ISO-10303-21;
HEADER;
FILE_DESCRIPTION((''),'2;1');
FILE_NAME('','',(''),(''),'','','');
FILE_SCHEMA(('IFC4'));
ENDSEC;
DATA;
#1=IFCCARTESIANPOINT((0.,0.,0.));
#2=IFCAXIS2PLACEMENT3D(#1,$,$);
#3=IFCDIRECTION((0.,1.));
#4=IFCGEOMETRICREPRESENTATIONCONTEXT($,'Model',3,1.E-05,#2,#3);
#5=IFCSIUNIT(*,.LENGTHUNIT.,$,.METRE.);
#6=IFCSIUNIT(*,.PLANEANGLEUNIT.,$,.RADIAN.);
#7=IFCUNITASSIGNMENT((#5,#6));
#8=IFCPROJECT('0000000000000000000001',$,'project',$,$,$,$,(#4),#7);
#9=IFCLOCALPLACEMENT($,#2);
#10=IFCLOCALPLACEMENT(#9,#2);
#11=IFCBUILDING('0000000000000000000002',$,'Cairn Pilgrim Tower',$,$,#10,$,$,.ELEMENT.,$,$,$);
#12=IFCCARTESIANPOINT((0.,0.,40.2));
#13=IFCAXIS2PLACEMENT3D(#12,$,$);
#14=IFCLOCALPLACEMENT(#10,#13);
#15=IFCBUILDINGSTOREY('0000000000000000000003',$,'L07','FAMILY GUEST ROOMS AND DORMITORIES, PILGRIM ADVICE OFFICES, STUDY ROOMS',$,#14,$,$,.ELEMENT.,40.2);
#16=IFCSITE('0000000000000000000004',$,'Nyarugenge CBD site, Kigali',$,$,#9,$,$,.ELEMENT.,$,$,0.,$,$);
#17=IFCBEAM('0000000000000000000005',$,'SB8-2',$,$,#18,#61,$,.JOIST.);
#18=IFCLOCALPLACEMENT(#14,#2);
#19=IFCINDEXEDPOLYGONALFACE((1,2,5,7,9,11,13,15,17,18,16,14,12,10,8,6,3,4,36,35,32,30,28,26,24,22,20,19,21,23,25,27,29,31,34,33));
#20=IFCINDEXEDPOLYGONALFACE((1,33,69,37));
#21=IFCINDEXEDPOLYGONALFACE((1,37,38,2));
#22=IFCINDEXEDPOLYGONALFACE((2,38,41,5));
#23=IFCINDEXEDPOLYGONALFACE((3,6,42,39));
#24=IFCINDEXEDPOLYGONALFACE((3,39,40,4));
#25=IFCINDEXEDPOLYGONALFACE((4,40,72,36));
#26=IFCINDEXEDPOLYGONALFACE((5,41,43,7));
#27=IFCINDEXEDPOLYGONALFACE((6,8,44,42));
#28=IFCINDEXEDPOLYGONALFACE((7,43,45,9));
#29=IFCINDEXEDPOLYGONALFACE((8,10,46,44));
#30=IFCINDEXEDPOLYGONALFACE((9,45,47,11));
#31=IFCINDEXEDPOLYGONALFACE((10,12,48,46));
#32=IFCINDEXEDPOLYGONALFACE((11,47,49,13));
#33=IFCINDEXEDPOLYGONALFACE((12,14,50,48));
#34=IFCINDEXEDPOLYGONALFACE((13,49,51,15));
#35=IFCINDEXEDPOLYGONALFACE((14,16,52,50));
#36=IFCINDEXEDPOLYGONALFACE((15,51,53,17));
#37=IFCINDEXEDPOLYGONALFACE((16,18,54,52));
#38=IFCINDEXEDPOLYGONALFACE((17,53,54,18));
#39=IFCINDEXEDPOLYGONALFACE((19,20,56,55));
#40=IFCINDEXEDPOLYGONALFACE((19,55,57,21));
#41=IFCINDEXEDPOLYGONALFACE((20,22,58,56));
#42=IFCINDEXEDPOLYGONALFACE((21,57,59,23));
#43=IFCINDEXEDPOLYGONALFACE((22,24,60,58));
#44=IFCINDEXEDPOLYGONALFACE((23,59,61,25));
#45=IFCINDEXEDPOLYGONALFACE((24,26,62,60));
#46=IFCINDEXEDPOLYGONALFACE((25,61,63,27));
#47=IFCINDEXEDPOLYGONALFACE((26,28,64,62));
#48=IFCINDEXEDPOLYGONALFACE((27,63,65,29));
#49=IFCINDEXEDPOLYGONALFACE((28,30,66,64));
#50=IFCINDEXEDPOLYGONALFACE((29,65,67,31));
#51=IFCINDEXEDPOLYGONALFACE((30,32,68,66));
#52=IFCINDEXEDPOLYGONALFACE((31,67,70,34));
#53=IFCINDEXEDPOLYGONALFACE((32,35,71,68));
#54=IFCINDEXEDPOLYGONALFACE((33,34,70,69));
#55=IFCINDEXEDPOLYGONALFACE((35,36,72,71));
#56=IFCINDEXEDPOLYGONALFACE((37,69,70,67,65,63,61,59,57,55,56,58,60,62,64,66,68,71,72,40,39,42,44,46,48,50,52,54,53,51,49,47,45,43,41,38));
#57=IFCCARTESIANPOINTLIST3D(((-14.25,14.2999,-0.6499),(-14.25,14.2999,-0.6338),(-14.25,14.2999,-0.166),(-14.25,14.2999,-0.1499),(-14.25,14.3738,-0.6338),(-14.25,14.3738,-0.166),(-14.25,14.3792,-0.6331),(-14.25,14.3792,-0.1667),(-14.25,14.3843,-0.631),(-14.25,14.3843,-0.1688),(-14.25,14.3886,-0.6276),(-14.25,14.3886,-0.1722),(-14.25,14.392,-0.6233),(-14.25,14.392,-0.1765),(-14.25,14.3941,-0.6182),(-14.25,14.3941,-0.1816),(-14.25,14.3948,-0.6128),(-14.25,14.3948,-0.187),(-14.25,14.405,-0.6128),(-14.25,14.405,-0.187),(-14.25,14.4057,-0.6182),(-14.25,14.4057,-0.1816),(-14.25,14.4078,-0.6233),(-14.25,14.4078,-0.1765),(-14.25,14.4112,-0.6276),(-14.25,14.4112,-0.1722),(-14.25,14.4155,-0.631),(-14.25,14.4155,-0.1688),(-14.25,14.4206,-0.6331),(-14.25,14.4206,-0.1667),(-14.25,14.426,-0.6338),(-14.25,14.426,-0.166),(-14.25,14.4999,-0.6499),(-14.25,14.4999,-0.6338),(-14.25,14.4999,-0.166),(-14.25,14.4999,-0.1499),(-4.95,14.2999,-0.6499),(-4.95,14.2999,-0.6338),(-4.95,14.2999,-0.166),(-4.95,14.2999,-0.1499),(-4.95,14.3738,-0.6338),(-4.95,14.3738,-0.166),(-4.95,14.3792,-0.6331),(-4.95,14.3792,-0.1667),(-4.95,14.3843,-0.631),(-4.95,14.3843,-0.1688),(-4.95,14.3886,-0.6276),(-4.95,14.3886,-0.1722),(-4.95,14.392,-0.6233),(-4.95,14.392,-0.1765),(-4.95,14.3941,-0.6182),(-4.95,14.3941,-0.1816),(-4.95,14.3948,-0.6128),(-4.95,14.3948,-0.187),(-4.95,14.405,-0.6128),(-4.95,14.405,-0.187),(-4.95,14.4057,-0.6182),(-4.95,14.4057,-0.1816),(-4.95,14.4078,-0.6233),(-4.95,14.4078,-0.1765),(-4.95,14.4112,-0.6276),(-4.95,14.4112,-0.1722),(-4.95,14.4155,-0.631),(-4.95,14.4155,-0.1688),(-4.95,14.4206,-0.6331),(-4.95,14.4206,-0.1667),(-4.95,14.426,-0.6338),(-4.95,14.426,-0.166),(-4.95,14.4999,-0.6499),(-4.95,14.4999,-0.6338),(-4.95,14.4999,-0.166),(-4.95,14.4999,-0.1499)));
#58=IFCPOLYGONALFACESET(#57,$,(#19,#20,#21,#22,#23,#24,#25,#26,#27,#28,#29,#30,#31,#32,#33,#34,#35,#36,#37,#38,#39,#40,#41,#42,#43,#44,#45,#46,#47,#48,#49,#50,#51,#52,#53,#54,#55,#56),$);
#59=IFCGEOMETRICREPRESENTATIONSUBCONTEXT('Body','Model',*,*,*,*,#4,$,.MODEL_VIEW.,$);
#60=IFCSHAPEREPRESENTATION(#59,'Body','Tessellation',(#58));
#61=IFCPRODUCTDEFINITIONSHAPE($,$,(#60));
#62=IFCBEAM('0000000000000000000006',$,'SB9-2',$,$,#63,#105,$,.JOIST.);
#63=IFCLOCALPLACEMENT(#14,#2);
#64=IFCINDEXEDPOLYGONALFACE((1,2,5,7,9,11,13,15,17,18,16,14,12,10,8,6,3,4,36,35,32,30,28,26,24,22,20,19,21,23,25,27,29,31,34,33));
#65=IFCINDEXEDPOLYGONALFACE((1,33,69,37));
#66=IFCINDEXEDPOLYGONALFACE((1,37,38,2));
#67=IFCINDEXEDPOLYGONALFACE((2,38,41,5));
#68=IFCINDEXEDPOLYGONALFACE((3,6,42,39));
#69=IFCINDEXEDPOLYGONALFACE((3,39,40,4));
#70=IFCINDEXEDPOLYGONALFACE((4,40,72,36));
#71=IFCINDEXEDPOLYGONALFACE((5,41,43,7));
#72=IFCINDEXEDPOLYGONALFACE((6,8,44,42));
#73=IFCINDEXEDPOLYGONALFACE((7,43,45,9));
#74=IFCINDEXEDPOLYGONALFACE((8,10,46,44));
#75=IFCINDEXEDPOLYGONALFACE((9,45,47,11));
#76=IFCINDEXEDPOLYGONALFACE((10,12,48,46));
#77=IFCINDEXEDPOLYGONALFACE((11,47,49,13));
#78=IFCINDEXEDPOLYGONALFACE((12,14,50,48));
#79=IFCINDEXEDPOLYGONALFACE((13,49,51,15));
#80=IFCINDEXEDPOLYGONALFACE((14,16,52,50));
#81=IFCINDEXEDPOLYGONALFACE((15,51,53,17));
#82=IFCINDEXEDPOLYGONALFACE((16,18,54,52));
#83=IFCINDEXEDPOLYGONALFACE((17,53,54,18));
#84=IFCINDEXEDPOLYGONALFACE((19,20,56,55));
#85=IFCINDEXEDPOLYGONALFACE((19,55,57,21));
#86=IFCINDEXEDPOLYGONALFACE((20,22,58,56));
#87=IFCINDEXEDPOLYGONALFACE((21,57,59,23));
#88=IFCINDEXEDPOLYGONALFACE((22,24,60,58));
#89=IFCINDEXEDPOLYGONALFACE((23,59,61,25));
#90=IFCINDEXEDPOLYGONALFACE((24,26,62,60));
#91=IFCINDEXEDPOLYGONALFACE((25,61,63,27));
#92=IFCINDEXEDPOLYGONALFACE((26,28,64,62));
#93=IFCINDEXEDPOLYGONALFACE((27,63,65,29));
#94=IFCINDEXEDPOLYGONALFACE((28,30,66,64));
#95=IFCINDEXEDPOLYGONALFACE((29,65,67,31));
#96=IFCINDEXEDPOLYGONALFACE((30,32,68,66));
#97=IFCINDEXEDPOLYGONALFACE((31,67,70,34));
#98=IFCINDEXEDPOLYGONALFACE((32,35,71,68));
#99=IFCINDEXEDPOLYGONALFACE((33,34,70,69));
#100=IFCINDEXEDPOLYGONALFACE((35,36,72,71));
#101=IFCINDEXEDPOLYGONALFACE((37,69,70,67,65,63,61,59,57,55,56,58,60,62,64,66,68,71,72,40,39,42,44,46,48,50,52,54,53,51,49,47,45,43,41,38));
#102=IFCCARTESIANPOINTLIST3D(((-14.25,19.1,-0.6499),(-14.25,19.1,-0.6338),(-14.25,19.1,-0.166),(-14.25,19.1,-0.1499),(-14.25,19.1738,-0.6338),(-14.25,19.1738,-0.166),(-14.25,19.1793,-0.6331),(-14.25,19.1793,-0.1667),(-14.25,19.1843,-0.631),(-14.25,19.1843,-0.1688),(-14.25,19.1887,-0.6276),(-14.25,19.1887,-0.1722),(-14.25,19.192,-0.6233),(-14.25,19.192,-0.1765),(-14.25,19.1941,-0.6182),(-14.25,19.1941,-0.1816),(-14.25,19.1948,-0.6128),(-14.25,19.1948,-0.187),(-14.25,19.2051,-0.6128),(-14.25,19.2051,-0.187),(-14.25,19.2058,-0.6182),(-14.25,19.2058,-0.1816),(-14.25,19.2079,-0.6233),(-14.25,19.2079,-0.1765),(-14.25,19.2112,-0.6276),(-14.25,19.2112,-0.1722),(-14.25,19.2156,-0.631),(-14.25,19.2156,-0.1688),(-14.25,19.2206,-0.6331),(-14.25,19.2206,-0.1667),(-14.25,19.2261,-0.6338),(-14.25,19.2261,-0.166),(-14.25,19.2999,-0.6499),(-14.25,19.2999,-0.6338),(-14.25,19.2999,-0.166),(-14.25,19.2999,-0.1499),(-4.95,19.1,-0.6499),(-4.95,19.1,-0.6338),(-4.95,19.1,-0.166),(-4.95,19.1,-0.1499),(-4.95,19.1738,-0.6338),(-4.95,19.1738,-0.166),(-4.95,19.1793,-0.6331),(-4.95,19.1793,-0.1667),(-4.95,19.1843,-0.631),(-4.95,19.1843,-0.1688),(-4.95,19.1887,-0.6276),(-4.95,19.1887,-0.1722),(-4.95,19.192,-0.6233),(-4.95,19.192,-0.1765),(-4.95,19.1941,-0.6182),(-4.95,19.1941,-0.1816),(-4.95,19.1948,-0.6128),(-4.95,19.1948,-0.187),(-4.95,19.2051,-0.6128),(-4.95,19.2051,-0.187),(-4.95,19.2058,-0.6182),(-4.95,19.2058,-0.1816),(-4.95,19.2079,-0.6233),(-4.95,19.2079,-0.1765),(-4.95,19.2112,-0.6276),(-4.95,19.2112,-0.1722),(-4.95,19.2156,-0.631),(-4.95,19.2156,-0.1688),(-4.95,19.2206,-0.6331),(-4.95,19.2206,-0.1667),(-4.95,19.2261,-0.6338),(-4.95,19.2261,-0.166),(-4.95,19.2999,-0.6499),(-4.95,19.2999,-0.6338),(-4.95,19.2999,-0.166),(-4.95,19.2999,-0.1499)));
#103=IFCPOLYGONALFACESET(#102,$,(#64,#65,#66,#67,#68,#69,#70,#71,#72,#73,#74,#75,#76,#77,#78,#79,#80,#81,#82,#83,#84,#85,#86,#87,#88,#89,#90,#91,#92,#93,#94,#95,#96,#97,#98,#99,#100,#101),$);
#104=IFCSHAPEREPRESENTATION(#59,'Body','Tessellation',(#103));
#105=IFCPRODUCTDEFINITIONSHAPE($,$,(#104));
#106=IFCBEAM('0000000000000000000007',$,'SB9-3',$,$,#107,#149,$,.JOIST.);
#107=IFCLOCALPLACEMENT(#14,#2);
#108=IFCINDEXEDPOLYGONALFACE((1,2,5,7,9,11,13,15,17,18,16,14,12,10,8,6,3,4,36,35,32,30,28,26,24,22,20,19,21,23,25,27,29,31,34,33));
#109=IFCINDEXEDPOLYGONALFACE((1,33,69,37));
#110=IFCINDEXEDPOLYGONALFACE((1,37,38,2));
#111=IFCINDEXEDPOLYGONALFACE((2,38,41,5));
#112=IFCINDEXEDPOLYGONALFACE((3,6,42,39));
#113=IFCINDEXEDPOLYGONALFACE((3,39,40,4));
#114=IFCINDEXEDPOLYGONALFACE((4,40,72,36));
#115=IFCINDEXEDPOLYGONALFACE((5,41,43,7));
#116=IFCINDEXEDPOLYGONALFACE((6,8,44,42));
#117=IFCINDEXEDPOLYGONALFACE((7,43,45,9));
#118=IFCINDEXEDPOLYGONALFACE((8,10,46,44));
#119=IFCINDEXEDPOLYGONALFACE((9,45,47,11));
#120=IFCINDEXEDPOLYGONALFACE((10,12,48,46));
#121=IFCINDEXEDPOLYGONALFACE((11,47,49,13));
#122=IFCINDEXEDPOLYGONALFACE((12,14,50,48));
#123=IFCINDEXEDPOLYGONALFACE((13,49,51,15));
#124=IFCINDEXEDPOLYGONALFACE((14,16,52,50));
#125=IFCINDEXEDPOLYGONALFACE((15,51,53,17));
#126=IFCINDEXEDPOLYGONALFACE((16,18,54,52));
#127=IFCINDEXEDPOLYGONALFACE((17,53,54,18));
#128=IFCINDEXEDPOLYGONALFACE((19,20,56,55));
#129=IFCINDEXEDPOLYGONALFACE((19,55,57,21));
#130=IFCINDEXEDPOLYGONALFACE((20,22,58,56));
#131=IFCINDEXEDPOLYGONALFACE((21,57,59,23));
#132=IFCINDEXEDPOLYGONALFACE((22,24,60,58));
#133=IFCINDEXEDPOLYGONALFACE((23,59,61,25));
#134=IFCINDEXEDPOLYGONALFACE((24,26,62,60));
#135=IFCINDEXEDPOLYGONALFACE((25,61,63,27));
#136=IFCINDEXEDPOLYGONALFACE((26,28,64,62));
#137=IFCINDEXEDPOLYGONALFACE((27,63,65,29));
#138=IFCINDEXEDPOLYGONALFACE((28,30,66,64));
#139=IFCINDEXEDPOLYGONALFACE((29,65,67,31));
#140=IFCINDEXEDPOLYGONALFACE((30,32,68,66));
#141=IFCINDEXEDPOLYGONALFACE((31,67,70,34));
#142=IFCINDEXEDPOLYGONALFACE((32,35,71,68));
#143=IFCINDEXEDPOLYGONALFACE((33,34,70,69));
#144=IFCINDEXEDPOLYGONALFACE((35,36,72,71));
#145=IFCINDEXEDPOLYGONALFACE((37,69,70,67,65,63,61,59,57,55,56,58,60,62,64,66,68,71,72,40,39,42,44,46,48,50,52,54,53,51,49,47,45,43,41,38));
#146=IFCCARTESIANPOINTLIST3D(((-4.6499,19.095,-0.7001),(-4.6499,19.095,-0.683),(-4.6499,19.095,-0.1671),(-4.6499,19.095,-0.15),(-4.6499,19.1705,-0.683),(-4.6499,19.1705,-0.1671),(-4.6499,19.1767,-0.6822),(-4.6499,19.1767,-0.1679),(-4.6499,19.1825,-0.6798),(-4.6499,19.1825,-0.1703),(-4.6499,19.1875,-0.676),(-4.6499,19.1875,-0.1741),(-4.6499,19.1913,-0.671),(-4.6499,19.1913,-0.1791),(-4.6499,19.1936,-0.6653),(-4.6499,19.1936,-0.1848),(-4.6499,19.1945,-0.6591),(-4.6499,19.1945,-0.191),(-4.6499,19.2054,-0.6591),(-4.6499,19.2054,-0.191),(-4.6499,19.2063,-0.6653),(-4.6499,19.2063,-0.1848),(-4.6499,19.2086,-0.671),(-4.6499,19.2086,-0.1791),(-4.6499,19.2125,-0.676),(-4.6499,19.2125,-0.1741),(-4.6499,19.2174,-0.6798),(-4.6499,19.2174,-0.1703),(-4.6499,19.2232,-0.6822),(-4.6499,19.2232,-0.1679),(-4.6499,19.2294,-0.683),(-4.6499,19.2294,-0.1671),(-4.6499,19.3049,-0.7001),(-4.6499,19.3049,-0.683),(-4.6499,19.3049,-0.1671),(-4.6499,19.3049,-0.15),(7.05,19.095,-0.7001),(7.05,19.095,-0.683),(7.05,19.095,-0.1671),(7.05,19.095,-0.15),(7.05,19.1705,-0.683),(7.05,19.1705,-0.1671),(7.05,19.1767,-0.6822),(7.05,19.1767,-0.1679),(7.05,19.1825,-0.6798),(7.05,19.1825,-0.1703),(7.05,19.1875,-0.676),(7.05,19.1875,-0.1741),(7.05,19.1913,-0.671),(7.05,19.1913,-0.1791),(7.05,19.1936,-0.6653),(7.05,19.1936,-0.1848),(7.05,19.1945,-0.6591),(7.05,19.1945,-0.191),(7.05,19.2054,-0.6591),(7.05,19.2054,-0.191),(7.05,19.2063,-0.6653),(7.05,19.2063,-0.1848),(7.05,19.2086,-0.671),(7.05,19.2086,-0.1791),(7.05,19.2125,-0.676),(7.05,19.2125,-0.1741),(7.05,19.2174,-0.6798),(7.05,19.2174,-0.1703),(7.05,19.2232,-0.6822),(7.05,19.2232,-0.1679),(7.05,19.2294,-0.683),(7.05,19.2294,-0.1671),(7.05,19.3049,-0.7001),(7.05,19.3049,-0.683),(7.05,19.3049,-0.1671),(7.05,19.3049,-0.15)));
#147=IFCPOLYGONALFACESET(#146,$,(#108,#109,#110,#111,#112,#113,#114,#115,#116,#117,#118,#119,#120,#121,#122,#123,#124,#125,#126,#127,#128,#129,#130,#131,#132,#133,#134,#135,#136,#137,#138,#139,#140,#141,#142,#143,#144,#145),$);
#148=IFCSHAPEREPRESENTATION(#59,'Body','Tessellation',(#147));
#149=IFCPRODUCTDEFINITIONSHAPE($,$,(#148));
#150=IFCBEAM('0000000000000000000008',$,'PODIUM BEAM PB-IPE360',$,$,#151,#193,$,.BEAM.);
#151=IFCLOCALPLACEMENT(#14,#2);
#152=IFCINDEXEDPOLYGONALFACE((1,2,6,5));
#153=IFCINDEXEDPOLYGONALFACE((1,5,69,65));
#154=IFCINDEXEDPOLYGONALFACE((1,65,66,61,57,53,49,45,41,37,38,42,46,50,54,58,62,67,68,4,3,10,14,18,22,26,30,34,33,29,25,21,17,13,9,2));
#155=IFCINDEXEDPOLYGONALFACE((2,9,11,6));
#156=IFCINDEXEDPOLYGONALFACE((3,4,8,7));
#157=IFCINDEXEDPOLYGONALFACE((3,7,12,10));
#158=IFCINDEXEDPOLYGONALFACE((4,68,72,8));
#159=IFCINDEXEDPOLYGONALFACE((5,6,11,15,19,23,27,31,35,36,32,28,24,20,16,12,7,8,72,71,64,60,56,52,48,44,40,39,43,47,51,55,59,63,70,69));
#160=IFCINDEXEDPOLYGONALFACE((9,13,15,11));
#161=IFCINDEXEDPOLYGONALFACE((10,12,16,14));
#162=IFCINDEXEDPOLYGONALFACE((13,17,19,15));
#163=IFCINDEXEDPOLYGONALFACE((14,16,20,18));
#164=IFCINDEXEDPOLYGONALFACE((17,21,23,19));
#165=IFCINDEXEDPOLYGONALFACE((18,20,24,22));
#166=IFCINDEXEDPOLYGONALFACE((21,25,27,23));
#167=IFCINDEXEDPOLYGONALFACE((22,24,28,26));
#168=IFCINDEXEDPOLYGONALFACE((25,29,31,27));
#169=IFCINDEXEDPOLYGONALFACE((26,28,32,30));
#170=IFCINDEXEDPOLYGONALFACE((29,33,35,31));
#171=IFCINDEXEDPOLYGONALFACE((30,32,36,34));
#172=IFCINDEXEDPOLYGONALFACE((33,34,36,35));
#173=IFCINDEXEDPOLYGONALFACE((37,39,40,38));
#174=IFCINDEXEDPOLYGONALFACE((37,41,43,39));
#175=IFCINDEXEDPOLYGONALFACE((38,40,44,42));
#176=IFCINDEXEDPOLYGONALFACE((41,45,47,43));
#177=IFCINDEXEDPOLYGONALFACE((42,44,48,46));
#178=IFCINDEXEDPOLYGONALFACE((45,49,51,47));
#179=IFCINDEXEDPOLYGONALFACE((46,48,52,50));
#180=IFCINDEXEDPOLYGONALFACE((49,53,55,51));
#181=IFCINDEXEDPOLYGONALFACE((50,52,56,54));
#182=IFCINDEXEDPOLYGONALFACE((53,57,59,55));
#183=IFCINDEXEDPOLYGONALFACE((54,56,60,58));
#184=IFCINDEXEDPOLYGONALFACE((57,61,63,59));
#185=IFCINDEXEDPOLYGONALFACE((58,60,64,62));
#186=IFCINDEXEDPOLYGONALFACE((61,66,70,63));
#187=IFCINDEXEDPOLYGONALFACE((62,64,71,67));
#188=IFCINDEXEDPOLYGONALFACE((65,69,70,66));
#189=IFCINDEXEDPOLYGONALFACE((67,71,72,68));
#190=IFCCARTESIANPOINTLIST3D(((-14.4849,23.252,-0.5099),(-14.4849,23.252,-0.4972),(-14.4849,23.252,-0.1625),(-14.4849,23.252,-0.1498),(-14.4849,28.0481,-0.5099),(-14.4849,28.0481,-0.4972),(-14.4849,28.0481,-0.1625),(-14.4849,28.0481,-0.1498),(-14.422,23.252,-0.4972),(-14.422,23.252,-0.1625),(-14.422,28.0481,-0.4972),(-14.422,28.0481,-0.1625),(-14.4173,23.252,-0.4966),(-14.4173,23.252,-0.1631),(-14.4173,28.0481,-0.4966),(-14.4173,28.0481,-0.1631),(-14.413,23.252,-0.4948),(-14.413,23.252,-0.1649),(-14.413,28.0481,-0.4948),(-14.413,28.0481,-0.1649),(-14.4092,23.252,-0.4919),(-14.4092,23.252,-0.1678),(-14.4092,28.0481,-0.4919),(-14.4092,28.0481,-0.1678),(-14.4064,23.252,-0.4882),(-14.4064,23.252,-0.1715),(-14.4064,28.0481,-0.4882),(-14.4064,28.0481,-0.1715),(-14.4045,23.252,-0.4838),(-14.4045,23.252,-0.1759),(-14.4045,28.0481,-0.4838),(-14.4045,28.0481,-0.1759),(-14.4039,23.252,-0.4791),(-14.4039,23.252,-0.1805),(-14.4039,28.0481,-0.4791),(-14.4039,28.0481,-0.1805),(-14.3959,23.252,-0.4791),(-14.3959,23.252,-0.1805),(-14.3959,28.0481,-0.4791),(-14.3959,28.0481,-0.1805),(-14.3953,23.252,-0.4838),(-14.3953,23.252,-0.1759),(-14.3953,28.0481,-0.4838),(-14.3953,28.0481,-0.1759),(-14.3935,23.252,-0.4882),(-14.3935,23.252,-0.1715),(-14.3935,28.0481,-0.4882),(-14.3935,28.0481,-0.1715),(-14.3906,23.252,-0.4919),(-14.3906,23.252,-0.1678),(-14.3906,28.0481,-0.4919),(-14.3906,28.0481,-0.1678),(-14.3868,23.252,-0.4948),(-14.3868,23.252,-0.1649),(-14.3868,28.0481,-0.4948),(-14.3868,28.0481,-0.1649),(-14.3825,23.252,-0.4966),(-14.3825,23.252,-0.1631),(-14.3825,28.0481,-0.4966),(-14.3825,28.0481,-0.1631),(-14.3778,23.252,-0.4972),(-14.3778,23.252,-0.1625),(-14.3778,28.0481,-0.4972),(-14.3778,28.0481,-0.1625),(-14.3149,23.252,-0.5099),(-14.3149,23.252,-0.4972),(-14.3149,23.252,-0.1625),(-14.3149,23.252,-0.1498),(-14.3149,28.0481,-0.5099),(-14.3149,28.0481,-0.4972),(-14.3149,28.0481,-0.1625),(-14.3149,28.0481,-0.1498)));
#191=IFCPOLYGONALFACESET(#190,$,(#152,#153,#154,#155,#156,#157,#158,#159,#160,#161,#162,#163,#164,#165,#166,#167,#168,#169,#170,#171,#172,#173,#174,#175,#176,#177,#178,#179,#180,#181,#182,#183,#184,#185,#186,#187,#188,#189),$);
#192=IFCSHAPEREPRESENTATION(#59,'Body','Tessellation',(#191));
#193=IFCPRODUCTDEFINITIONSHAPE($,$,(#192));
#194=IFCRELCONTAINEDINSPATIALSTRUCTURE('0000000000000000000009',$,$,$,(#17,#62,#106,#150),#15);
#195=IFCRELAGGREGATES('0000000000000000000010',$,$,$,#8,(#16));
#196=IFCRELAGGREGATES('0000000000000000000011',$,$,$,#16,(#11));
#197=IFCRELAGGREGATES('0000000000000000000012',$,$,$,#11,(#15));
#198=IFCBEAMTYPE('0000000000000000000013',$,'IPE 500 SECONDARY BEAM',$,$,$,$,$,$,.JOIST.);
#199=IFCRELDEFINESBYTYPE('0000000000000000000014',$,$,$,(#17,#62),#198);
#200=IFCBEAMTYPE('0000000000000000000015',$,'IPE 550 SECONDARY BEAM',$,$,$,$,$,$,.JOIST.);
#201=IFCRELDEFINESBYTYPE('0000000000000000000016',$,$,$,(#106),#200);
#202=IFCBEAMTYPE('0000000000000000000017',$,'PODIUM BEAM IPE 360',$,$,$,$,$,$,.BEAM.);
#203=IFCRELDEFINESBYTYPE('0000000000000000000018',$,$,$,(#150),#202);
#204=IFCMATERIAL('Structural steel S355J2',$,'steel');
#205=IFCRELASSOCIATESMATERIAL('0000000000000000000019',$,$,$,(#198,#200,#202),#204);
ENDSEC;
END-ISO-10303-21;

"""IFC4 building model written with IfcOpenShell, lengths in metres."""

from ifc_helpers import new_model, si_unit, direction, frame, origin, origin_2d, place, context, subcontext, project, spatial, i_section, extrude, material, material_profile, profile_set, type_object, element, save


model = new_model("IFC4")

# Units and contexts
model_context = context("Model", 3, precision=1e-05, world=origin(), true_north=direction((0.0, 1.0)))
body_context = subcontext(model_context, "Body", "Model", "MODEL_VIEW")
ifc_project = project(units=[si_unit("LENGTHUNIT", "METRE"), si_unit("PLANEANGLEUNIT", "RADIAN")], contexts=[model_context])

# Site, building, storey
site_placement = place(None, origin())
site = spatial("IfcSite", under=ifc_project, at=site_placement, Name="Nyarugenge CBD site, Kigali", CompositionType="ELEMENT", RefElevation=0.0)
building_placement = place(site_placement, origin())
building = spatial("IfcBuilding", under=site, at=building_placement, Name="Cairn Pilgrim Tower", CompositionType="ELEMENT")
storey_placement = place(building_placement, frame((0.0, 0.0, 40.2)))
storey = spatial("IfcBuildingStorey", under=building, at=storey_placement, Name="L07", Description="FAMILY GUEST ROOMS AND DORMITORIES, PILGRIM ADVICE OFFICES, STUDY ROOMS", CompositionType="ELEMENT", Elevation=40.2)

# Beams
ifc_material_1 = material(Name="Structural steel S355J2", Category="steel")
ifc_material_profile_1 = material_profile(ifc_material_1, i_section(OverallWidth=0.2, OverallDepth=0.5, WebThickness=0.0103, FlangeThickness=0.0161, FilletRadius=0.021, at=origin_2d()), Name="IPE 500")
ifc_profile_set_1 = profile_set([ifc_material_profile_1], Name="Structural steel S355J2")
beam_type_1 = type_object("IfcBeamType", Name="IPE 500 SECONDARY BEAM", PredefinedType="JOIST", material=ifc_profile_set_1)
for number, where, z_axis, x_axis, name in (
    (1, (-14.25, 14.3999, -0.3999), (1.0, 0.0, 0.0), (0.0, 1.0, 0.0), "SB8-2"),
    (2, (-14.25, 19.2, -0.3999), (1.0, 0.0, 0.0), (0.0, 1.0, 0.0), "SB9-2"),
):
    element("IfcBeam", number, at=place(storey_placement, frame(where, z_axis=z_axis, x_axis=x_axis)), inside=storey, type_object=beam_type_1, Name=name, PredefinedType="JOIST", context=body_context, shape_type="SweptSolid", body=[
        extrude(i_section(OverallWidth=0.2, OverallDepth=0.5, WebThickness=0.0103, FlangeThickness=0.0161, FilletRadius=0.021, at=origin_2d()), origin(), (0.0, 0.0, 1.0), 9.3),
    ])
ifc_material_profile_2 = material_profile(ifc_material_1, i_section(OverallWidth=0.21, OverallDepth=0.55, WebThickness=0.011, FlangeThickness=0.0171, FilletRadius=0.0239, at=origin_2d()), Name="IPE 550")
ifc_profile_set_2 = profile_set([ifc_material_profile_2], Name="Structural steel S355J2")
beam_type_2 = type_object("IfcBeamType", Name="IPE 550 SECONDARY BEAM", PredefinedType="JOIST", material=ifc_profile_set_2)
beam_1_placement = place(storey_placement, frame((-4.6499, 19.2, -0.425), z_axis=(1.0, 0.0, 0.0), x_axis=(0.0, 1.0, 0.0)))
element("IfcBeam", 3, at=beam_1_placement, inside=storey, type_object=beam_type_2, Name="SB9-3", PredefinedType="JOIST", context=body_context, shape_type="SweptSolid", body=[
    extrude(i_section(OverallWidth=0.21, OverallDepth=0.55, WebThickness=0.011, FlangeThickness=0.0171, FilletRadius=0.0239, at=origin_2d()), origin(), (0.0, 0.0, 1.0), 11.7),
])
ifc_material_profile_3 = material_profile(ifc_material_1, i_section(OverallWidth=0.1699, OverallDepth=0.3601, WebThickness=0.0081, FlangeThickness=0.0127, FilletRadius=0.0181, at=origin_2d()), Name="IPE 360")
ifc_profile_set_3 = profile_set([ifc_material_profile_3], Name="Structural steel S355J2")
beam_type_3 = type_object("IfcBeamType", Name="PODIUM BEAM IPE 360", PredefinedType="BEAM", material=ifc_profile_set_3)
beam_2_placement = place(storey_placement, frame((-14.3999, 23.252, -0.3298), z_axis=(0.0, 1.0, 0.0), x_axis=(-1.0, 0.0, 0.0)))
element("IfcBeam", 4, at=beam_2_placement, inside=storey, type_object=beam_type_3, Name="PODIUM BEAM PB-IPE360", PredefinedType="BEAM", context=body_context, shape_type="SweptSolid", body=[
    extrude(i_section(OverallWidth=0.1699, OverallDepth=0.3601, WebThickness=0.0081, FlangeThickness=0.0127, FilletRadius=0.0181, at=origin_2d()), origin(), (0.0, 0.0, 1.0), 4.7961),
])

save(model, "model.ifc")
